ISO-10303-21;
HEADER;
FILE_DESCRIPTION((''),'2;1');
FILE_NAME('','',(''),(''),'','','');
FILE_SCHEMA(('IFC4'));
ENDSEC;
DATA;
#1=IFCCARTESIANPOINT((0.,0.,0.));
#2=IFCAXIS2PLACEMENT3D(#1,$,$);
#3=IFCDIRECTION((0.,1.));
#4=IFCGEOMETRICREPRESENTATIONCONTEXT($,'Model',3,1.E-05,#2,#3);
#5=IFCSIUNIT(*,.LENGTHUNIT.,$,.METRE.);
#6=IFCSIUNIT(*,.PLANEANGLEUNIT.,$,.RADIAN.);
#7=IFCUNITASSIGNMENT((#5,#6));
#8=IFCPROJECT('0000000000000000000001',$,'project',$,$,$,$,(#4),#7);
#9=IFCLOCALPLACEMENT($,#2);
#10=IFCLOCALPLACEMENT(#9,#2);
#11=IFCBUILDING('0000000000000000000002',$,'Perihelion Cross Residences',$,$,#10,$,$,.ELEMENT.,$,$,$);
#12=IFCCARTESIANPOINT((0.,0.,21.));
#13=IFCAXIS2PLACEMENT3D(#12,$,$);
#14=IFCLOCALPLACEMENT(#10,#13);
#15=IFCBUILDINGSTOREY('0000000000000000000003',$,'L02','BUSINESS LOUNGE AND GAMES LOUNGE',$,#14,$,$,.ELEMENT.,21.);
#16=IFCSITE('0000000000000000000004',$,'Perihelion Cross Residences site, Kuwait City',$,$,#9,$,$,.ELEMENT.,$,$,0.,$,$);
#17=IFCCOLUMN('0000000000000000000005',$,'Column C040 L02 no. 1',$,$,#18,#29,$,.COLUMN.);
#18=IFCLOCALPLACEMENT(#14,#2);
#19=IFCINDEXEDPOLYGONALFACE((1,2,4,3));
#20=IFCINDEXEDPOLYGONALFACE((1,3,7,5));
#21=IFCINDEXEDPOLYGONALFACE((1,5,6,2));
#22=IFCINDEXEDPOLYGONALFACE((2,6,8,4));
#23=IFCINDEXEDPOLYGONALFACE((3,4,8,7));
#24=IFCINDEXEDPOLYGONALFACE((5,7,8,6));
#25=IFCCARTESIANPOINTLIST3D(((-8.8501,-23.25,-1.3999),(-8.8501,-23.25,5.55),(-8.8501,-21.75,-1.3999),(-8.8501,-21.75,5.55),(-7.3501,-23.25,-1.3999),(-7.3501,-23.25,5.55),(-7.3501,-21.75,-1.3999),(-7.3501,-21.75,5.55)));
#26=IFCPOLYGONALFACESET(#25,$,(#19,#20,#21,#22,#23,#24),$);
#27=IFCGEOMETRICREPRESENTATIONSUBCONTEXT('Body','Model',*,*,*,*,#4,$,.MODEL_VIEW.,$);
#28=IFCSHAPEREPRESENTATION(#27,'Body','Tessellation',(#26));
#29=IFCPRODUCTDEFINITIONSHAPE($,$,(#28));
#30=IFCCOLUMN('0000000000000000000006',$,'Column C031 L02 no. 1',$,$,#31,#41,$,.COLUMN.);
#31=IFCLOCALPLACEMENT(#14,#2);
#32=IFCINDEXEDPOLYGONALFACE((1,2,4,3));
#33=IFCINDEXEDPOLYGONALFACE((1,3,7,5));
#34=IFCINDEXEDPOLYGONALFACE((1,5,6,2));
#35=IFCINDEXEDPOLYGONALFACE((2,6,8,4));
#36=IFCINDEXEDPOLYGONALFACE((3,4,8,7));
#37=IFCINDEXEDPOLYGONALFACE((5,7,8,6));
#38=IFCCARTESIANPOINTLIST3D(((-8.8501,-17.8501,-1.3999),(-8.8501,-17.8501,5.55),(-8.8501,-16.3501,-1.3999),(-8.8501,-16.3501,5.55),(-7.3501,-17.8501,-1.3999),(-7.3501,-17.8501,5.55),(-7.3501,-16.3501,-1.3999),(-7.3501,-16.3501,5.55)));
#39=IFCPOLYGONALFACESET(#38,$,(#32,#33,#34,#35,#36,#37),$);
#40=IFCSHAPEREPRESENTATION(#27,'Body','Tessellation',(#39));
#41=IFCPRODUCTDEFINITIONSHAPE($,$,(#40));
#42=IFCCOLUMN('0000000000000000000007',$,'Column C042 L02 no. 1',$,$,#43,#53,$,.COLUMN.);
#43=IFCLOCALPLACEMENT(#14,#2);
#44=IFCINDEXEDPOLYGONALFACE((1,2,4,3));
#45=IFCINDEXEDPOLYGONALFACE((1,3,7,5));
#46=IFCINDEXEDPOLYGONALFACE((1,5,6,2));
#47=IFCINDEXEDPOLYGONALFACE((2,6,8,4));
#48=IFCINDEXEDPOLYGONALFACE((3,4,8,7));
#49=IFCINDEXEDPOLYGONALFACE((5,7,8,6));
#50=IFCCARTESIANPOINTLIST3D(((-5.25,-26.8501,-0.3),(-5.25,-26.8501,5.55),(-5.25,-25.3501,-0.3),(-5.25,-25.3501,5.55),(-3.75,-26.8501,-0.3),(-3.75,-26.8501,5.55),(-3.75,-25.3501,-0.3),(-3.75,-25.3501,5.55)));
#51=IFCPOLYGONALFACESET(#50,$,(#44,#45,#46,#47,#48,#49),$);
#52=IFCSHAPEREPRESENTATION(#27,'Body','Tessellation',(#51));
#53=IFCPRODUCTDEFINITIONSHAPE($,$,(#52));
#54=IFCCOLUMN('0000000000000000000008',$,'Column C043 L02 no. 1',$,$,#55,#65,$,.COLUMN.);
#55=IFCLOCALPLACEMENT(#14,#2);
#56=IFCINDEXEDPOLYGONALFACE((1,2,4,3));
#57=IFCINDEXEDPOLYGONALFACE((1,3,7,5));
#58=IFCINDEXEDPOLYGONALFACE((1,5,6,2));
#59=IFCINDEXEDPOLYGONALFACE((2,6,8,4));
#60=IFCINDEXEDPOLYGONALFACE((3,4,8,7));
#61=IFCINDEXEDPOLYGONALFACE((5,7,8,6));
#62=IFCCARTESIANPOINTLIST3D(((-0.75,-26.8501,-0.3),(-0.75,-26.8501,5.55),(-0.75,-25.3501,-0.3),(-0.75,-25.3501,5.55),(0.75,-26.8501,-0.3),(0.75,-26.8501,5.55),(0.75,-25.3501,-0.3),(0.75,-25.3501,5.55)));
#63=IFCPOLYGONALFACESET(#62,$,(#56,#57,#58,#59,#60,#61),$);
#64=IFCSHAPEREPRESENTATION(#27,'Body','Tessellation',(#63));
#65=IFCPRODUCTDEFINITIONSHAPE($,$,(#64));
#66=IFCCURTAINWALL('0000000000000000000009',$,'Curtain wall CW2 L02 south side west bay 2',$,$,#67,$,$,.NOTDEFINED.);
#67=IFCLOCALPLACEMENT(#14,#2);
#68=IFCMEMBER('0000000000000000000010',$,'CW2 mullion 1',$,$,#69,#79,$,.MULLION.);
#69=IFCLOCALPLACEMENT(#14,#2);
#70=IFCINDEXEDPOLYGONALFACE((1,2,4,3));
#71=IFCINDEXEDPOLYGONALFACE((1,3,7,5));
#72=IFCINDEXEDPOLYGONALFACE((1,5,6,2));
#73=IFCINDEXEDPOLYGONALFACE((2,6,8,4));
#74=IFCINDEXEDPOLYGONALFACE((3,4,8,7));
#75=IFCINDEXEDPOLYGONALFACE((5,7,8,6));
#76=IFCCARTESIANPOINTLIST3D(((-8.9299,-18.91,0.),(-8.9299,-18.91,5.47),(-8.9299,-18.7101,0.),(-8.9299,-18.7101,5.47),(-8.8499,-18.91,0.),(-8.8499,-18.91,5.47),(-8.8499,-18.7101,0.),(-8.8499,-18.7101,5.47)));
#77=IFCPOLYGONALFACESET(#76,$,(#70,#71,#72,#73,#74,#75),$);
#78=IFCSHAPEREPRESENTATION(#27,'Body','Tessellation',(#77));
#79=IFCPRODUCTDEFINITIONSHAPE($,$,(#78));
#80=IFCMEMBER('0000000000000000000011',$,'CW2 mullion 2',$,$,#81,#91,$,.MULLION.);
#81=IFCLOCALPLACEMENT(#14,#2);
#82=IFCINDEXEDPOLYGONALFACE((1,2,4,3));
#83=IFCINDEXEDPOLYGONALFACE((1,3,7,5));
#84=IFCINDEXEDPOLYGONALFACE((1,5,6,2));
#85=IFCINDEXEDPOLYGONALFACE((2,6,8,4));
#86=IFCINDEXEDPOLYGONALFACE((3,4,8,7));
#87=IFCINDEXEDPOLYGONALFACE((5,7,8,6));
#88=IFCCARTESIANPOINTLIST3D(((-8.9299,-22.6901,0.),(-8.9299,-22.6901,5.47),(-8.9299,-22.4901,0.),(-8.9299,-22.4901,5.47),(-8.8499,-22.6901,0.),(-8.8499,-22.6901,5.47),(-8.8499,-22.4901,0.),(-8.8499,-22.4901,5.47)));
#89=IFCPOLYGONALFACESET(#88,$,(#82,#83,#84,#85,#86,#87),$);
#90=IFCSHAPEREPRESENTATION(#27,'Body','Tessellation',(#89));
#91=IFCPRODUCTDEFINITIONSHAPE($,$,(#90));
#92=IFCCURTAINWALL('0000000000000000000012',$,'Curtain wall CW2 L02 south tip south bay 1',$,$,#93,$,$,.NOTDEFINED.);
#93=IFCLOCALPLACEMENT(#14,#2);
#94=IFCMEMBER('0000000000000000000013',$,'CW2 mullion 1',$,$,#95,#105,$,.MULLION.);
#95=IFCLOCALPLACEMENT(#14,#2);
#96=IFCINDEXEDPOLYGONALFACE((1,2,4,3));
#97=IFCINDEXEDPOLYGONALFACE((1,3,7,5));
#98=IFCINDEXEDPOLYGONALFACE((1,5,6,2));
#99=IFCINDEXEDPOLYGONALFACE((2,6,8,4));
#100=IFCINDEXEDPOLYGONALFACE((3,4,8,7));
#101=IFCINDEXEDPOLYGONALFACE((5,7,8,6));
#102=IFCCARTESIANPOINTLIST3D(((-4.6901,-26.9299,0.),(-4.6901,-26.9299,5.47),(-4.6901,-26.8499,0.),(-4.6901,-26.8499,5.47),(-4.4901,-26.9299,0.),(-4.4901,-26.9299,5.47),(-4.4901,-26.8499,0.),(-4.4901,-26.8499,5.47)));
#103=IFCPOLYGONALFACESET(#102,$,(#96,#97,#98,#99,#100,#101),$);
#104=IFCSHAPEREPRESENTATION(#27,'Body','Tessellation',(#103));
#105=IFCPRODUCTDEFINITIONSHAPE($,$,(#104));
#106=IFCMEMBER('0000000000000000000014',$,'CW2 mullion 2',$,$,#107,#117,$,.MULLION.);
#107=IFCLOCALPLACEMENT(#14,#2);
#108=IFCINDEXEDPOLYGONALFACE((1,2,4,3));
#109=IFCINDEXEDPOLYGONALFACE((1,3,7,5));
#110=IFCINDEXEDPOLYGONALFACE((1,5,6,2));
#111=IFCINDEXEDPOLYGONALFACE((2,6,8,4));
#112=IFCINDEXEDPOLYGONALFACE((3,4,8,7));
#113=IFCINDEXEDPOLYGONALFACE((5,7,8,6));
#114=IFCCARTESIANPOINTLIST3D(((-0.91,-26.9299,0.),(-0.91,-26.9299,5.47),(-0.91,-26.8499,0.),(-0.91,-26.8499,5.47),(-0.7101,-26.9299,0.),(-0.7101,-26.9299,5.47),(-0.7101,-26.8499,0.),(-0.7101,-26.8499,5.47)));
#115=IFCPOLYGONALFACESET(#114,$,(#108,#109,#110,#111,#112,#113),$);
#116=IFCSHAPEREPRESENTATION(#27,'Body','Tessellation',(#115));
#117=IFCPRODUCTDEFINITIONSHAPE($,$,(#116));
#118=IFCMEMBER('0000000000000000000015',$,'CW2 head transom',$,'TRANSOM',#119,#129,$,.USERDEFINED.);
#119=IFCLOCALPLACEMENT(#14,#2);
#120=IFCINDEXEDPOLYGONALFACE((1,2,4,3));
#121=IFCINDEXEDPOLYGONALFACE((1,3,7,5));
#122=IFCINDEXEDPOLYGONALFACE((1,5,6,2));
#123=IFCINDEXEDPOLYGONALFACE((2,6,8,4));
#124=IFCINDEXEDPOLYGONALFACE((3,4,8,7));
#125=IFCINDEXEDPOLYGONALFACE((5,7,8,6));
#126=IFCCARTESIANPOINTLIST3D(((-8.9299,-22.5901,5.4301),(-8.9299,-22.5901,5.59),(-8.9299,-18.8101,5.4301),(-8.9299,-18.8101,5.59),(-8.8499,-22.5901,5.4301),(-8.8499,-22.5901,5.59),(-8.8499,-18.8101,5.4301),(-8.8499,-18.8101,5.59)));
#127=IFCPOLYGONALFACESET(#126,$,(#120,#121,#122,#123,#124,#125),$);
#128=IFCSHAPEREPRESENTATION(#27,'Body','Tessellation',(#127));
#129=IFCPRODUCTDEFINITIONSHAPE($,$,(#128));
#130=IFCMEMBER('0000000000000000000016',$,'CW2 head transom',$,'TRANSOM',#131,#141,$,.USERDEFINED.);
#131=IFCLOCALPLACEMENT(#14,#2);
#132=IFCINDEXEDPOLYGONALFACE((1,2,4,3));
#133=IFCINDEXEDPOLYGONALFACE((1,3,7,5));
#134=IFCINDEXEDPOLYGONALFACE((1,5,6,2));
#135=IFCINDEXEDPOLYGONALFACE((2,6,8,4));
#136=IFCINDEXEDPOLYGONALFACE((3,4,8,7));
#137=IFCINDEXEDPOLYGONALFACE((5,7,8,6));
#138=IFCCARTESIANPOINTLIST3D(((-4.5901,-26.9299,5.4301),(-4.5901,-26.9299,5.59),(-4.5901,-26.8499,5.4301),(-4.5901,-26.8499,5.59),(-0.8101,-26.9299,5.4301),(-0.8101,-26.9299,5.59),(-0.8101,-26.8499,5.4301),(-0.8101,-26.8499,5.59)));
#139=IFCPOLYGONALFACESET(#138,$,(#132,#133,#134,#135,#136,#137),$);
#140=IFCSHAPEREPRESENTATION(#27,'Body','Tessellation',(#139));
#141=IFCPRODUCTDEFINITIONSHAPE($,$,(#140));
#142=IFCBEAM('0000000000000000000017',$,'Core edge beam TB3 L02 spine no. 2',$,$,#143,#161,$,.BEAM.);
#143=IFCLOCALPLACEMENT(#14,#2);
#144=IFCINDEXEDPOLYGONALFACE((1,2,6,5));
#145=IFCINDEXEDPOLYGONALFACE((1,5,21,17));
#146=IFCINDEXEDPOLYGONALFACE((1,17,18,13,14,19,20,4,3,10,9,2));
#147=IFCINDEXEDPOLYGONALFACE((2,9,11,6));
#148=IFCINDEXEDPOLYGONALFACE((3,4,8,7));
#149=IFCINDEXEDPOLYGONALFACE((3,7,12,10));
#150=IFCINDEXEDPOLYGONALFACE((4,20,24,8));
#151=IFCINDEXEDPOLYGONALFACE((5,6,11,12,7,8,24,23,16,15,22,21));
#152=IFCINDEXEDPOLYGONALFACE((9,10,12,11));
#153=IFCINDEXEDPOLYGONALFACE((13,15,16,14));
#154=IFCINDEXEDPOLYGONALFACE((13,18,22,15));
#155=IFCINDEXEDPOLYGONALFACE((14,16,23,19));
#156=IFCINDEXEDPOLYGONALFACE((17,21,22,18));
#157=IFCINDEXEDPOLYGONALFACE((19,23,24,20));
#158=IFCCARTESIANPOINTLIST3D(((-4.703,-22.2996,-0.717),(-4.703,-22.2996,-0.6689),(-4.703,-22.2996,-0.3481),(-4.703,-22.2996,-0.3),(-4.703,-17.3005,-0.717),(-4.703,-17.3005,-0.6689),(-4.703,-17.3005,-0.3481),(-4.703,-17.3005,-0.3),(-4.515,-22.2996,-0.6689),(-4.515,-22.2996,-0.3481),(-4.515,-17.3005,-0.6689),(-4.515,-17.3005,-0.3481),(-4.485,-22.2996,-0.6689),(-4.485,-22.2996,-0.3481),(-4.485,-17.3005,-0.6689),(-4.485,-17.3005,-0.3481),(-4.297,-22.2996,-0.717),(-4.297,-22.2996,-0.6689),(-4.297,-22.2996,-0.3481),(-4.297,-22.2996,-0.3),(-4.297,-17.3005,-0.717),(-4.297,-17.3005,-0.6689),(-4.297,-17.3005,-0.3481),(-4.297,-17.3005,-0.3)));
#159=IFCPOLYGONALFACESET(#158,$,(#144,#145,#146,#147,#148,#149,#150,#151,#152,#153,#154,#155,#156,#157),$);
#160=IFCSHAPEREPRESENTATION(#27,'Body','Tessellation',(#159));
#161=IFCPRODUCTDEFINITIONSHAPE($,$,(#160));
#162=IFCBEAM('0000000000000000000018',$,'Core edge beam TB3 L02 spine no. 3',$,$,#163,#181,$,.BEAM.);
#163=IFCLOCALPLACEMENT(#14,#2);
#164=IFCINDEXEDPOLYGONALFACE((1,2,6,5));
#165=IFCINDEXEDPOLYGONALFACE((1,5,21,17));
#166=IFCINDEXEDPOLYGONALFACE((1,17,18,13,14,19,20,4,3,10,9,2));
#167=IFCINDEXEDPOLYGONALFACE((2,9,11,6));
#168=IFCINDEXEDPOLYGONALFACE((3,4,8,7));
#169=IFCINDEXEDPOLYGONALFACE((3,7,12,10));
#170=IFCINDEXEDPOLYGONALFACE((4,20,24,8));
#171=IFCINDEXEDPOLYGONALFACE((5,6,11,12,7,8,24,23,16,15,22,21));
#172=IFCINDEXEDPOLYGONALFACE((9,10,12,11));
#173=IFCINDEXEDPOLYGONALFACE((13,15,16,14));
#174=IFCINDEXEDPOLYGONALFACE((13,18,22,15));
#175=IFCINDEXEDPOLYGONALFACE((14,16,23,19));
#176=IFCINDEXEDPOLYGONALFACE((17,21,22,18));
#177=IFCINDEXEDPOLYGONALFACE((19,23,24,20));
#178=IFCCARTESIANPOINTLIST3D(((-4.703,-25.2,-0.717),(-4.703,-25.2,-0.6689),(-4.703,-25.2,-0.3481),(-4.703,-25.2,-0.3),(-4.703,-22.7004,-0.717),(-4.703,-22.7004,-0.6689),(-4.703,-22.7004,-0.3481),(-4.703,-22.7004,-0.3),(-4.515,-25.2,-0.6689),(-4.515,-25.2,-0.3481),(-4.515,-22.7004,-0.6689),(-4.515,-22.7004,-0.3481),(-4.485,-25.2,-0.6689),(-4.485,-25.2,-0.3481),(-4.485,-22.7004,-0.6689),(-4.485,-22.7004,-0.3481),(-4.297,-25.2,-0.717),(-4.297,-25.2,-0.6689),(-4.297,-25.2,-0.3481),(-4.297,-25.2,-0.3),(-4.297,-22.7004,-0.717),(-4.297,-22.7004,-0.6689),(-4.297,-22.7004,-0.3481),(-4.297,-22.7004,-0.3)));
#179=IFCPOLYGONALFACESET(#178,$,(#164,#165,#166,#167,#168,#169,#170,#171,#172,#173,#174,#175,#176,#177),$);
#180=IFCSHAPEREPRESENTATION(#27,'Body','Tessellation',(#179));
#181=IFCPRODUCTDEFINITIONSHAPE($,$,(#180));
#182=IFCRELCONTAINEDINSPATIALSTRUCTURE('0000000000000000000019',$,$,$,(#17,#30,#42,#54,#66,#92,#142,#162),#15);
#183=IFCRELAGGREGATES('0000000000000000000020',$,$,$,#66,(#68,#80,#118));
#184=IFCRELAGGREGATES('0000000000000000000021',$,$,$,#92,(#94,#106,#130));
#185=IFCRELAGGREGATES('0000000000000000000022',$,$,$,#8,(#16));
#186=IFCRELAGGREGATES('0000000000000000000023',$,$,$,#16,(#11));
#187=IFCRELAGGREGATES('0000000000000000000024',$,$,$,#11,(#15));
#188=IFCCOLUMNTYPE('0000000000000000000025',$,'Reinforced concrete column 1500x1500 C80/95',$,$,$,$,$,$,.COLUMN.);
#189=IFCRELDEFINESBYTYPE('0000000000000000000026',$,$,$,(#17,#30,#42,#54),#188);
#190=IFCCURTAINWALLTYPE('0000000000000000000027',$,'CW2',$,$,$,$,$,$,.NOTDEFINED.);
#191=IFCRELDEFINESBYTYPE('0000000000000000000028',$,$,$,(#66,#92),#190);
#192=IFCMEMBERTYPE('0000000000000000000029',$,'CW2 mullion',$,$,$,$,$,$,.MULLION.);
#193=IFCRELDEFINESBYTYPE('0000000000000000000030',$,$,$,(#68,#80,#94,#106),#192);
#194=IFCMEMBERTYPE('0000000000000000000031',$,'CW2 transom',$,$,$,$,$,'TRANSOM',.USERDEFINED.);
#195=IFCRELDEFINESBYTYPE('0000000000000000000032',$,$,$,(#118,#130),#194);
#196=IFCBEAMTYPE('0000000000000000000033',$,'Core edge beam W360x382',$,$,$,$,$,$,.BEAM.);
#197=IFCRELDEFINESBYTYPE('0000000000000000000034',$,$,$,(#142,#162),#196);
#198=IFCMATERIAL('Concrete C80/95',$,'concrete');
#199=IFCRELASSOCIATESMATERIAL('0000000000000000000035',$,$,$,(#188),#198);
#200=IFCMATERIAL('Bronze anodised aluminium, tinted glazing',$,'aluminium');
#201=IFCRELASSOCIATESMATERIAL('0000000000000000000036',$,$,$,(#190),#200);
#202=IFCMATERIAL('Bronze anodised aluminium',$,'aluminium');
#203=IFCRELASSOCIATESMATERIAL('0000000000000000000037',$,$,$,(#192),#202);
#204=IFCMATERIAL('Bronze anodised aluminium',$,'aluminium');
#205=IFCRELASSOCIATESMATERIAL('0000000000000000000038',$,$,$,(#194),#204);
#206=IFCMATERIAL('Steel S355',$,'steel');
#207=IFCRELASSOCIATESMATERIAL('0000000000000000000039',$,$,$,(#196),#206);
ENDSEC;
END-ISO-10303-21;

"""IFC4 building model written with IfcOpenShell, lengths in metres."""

from ifc_helpers import new_model, si_unit, direction, frame, origin, origin_2d, place, context, subcontext, project, spatial, rectangle, i_section, extrude, material, material_profile, profile_set, type_object, element, aggregate, save


model = new_model("IFC4")

# Units and contexts
model_context = context("Model", 3, precision=1e-05, world=origin(), true_north=direction((0.0, 1.0)))
body_context = subcontext(model_context, "Body", "Model", "MODEL_VIEW")
ifc_project = project(units=[si_unit("LENGTHUNIT", "METRE"), si_unit("PLANEANGLEUNIT", "RADIAN")], contexts=[model_context])

# Site, building, storey
site_placement = place(None, origin())
site = spatial("IfcSite", under=ifc_project, at=site_placement, Name="Perihelion Cross Residences site, Kuwait City", CompositionType="ELEMENT", RefElevation=0.0)
building_placement = place(site_placement, origin())
building = spatial("IfcBuilding", under=site, at=building_placement, Name="Perihelion Cross Residences", CompositionType="ELEMENT")
storey_placement = place(building_placement, frame((0.0, 0.0, 21.0)))
storey = spatial("IfcBuildingStorey", under=building, at=storey_placement, Name="L02", Description="BUSINESS LOUNGE AND GAMES LOUNGE", CompositionType="ELEMENT", Elevation=21.0)

# Columns
ifc_material_1 = material(Name="Concrete C80/95", Category="concrete")
ifc_material_profile_1 = material_profile(ifc_material_1, rectangle(XDim=1.5, YDim=1.5, at=origin_2d()), Name="RC 1500x1500")
ifc_profile_set_1 = profile_set([ifc_material_profile_1], Name="Concrete C80/95")
column_type = type_object("IfcColumnType", Name="Reinforced concrete column 1500x1500 C80/95", PredefinedType="COLUMN", material=ifc_profile_set_1)
for number, where, z_axis, x_axis, name in (
    (1, (-8.1001, -22.5, -1.3999), (0.0, 0.0, 1.0), (1.0, 0.0, 0.0), "Column C040 L02 no. 1"),
    (2, (-8.1001, -17.1001, -1.3999), (0.0, 0.0, 1.0), (1.0, 0.0, 0.0), "Column C031 L02 no. 1"),
):
    element("IfcColumn", number, at=place(storey_placement, frame(where, z_axis=z_axis, x_axis=x_axis)), inside=storey, type_object=column_type, Name=name, PredefinedType="COLUMN", context=body_context, shape_type="SweptSolid", body=[
        extrude(rectangle(XDim=1.5, YDim=1.5, at=origin_2d()), origin(), (0.0, 0.0, 1.0), 6.95),
    ])
for number, where, z_axis, x_axis, name in (
    (3, (-4.5, -26.1001, -0.3), (0.0, 0.0, 1.0), (1.0, 0.0, 0.0), "Column C042 L02 no. 1"),
    (4, (0.0, -26.1001, -0.3), (0.0, 0.0, 1.0), (1.0, 0.0, 0.0), "Column C043 L02 no. 1"),
):
    element("IfcColumn", number, at=place(storey_placement, frame(where, z_axis=z_axis, x_axis=x_axis)), inside=storey, type_object=column_type, Name=name, PredefinedType="COLUMN", context=body_context, shape_type="SweptSolid", body=[
        extrude(rectangle(XDim=1.5, YDim=1.5, at=origin_2d()), origin(), (0.0, 0.0, 1.0), 5.8501),
    ])

# Curtain walls, members
ifc_material_2 = material(Name="Bronze anodised aluminium, tinted glazing", Category="aluminium")
curtain_wall_type = type_object("IfcCurtainWallType", Name="CW2", PredefinedType="NOTDEFINED", material=ifc_material_2)
curtain_wall_1_placement = place(storey_placement, origin())
curtain_wall_1 = element("IfcCurtainWall", 5, at=curtain_wall_1_placement, inside=storey, type_object=curtain_wall_type, Name="Curtain wall CW2 L02 south side west bay 2", PredefinedType="NOTDEFINED")
ifc_material_3 = material(Name="Bronze anodised aluminium", Category="aluminium")
ifc_material_profile_2 = material_profile(ifc_material_3, rectangle(XDim=0.0801, YDim=0.2, at=origin_2d()), Name="CW2 mullion")
ifc_profile_set_2 = profile_set([ifc_material_profile_2], Name="Bronze anodised aluminium")
member_type_1 = type_object("IfcMemberType", Name="CW2 mullion", PredefinedType="MULLION", material=ifc_profile_set_2)
member_1_placement = place(storey_placement, frame((-8.8899, -18.8101, 0.0), z_axis=(0.0, 0.0, 1.0), x_axis=(1.0, 0.0, 0.0)))
member_1 = element("IfcMember", 6, at=member_1_placement, type_object=member_type_1, Name="CW2 mullion 1", PredefinedType="MULLION", context=body_context, shape_type="SweptSolid", body=[
    extrude(rectangle(XDim=0.0801, YDim=0.2, at=origin_2d()), origin(), (0.0, 0.0, 1.0), 5.47),
])
member_2_placement = place(storey_placement, frame((-8.8899, -22.5901, 0.0), z_axis=(0.0, 0.0, 1.0), x_axis=(1.0, 0.0, 0.0)))
member_2 = element("IfcMember", 7, at=member_2_placement, type_object=member_type_1, Name="CW2 mullion 2", PredefinedType="MULLION", context=body_context, shape_type="SweptSolid", body=[
    extrude(rectangle(XDim=0.0801, YDim=0.2, at=origin_2d()), origin(), (0.0, 0.0, 1.0), 5.47),
])
curtain_wall_2_placement = place(storey_placement, origin())
curtain_wall_2 = element("IfcCurtainWall", 8, at=curtain_wall_2_placement, inside=storey, type_object=curtain_wall_type, Name="Curtain wall CW2 L02 south tip south bay 1", PredefinedType="NOTDEFINED")
member_3_placement = place(storey_placement, frame((-4.5901, -26.8899, 0.0), z_axis=(0.0, 0.0, 1.0), x_axis=(0.0, 1.0, 0.0)))
member_3 = element("IfcMember", 9, at=member_3_placement, type_object=member_type_1, Name="CW2 mullion 1", PredefinedType="MULLION", context=body_context, shape_type="SweptSolid", body=[
    extrude(rectangle(XDim=0.0801, YDim=0.2, at=origin_2d()), origin(), (0.0, 0.0, 1.0), 5.47),
])
member_4_placement = place(storey_placement, frame((-0.8101, -26.8899, 0.0), z_axis=(0.0, 0.0, 1.0), x_axis=(0.0, 1.0, 0.0)))
member_4 = element("IfcMember", 10, at=member_4_placement, type_object=member_type_1, Name="CW2 mullion 2", PredefinedType="MULLION", context=body_context, shape_type="SweptSolid", body=[
    extrude(rectangle(XDim=0.0801, YDim=0.2, at=origin_2d()), origin(), (0.0, 0.0, 1.0), 5.47),
])

# Members
ifc_material_4 = material(Name="Bronze anodised aluminium", Category="aluminium")
ifc_material_profile_3 = material_profile(ifc_material_4, rectangle(XDim=0.0801, YDim=0.1599, at=origin_2d()), Name="CW2 transom")
ifc_profile_set_3 = profile_set([ifc_material_profile_3], Name="Bronze anodised aluminium")
member_type_2 = type_object("IfcMemberType", Name="CW2 transom", ElementType="TRANSOM", PredefinedType="USERDEFINED", material=ifc_profile_set_3)
member_5_placement = place(storey_placement, frame((-8.8899, -18.8101, 5.51), z_axis=(0.0, -1.0, 0.0), x_axis=(1.0, 0.0, 0.0)))
member_5 = element("IfcMember", 11, at=member_5_placement, type_object=member_type_2, Name="CW2 head transom", ObjectType="TRANSOM", PredefinedType="USERDEFINED", context=body_context, shape_type="SweptSolid", body=[
    extrude(rectangle(XDim=0.0801, YDim=0.1599, at=origin_2d()), origin(), (0.0, 0.0, 1.0), 3.78),
])
member_6_placement = place(storey_placement, frame((-4.5901, -26.8899, 5.51), z_axis=(1.0, 0.0, 0.0), x_axis=(0.0, 1.0, 0.0)))
member_6 = element("IfcMember", 12, at=member_6_placement, type_object=member_type_2, Name="CW2 head transom", ObjectType="TRANSOM", PredefinedType="USERDEFINED", context=body_context, shape_type="SweptSolid", body=[
    extrude(rectangle(XDim=0.0801, YDim=0.1599, at=origin_2d()), origin(), (0.0, 0.0, 1.0), 3.78),
])

# Beams
ifc_material_5 = material(Name="Steel S355", Category="steel")
ifc_material_profile_4 = material_profile(ifc_material_5, i_section(OverallWidth=0.406, OverallDepth=0.417, WebThickness=0.03, FlangeThickness=0.0481, at=origin_2d()), Name="W360x382")
ifc_profile_set_4 = profile_set([ifc_material_profile_4], Name="Steel S355")
beam_type_1 = type_object("IfcBeamType", Name="Core edge beam W360x382", PredefinedType="BEAM", material=ifc_profile_set_4)
beam_1_placement = place(storey_placement, frame((-4.5, -17.3005, -0.5085), z_axis=(0.0, -1.0, 0.0), x_axis=(1.0, 0.0, 0.0)))
element("IfcBeam", 13, at=beam_1_placement, inside=storey, type_object=beam_type_1, Name="Core edge beam TB3 L02 spine no. 2", PredefinedType="BEAM", context=body_context, shape_type="SweptSolid", body=[
    extrude(i_section(OverallWidth=0.406, OverallDepth=0.417, WebThickness=0.03, FlangeThickness=0.0481, at=origin_2d()), origin(), (0.0, 0.0, 1.0), 4.999),
])
beam_2_placement = place(storey_placement, frame((-4.5, -22.7004, -0.5085), z_axis=(0.0, -1.0, 0.0), x_axis=(1.0, 0.0, 0.0)))
element("IfcBeam", 14, at=beam_2_placement, inside=storey, type_object=beam_type_1, Name="Core edge beam TB3 L02 spine no. 3", PredefinedType="BEAM", context=body_context, shape_type="SweptSolid", body=[
    extrude(i_section(OverallWidth=0.406, OverallDepth=0.417, WebThickness=0.03, FlangeThickness=0.0481, at=origin_2d()), origin(), (0.0, 0.0, 1.0), 2.4995),
])

aggregate(curtain_wall_1, [member_1, member_2, member_5])
aggregate(curtain_wall_2, [member_3, member_4, member_6])

save(model, "model.ifc")
